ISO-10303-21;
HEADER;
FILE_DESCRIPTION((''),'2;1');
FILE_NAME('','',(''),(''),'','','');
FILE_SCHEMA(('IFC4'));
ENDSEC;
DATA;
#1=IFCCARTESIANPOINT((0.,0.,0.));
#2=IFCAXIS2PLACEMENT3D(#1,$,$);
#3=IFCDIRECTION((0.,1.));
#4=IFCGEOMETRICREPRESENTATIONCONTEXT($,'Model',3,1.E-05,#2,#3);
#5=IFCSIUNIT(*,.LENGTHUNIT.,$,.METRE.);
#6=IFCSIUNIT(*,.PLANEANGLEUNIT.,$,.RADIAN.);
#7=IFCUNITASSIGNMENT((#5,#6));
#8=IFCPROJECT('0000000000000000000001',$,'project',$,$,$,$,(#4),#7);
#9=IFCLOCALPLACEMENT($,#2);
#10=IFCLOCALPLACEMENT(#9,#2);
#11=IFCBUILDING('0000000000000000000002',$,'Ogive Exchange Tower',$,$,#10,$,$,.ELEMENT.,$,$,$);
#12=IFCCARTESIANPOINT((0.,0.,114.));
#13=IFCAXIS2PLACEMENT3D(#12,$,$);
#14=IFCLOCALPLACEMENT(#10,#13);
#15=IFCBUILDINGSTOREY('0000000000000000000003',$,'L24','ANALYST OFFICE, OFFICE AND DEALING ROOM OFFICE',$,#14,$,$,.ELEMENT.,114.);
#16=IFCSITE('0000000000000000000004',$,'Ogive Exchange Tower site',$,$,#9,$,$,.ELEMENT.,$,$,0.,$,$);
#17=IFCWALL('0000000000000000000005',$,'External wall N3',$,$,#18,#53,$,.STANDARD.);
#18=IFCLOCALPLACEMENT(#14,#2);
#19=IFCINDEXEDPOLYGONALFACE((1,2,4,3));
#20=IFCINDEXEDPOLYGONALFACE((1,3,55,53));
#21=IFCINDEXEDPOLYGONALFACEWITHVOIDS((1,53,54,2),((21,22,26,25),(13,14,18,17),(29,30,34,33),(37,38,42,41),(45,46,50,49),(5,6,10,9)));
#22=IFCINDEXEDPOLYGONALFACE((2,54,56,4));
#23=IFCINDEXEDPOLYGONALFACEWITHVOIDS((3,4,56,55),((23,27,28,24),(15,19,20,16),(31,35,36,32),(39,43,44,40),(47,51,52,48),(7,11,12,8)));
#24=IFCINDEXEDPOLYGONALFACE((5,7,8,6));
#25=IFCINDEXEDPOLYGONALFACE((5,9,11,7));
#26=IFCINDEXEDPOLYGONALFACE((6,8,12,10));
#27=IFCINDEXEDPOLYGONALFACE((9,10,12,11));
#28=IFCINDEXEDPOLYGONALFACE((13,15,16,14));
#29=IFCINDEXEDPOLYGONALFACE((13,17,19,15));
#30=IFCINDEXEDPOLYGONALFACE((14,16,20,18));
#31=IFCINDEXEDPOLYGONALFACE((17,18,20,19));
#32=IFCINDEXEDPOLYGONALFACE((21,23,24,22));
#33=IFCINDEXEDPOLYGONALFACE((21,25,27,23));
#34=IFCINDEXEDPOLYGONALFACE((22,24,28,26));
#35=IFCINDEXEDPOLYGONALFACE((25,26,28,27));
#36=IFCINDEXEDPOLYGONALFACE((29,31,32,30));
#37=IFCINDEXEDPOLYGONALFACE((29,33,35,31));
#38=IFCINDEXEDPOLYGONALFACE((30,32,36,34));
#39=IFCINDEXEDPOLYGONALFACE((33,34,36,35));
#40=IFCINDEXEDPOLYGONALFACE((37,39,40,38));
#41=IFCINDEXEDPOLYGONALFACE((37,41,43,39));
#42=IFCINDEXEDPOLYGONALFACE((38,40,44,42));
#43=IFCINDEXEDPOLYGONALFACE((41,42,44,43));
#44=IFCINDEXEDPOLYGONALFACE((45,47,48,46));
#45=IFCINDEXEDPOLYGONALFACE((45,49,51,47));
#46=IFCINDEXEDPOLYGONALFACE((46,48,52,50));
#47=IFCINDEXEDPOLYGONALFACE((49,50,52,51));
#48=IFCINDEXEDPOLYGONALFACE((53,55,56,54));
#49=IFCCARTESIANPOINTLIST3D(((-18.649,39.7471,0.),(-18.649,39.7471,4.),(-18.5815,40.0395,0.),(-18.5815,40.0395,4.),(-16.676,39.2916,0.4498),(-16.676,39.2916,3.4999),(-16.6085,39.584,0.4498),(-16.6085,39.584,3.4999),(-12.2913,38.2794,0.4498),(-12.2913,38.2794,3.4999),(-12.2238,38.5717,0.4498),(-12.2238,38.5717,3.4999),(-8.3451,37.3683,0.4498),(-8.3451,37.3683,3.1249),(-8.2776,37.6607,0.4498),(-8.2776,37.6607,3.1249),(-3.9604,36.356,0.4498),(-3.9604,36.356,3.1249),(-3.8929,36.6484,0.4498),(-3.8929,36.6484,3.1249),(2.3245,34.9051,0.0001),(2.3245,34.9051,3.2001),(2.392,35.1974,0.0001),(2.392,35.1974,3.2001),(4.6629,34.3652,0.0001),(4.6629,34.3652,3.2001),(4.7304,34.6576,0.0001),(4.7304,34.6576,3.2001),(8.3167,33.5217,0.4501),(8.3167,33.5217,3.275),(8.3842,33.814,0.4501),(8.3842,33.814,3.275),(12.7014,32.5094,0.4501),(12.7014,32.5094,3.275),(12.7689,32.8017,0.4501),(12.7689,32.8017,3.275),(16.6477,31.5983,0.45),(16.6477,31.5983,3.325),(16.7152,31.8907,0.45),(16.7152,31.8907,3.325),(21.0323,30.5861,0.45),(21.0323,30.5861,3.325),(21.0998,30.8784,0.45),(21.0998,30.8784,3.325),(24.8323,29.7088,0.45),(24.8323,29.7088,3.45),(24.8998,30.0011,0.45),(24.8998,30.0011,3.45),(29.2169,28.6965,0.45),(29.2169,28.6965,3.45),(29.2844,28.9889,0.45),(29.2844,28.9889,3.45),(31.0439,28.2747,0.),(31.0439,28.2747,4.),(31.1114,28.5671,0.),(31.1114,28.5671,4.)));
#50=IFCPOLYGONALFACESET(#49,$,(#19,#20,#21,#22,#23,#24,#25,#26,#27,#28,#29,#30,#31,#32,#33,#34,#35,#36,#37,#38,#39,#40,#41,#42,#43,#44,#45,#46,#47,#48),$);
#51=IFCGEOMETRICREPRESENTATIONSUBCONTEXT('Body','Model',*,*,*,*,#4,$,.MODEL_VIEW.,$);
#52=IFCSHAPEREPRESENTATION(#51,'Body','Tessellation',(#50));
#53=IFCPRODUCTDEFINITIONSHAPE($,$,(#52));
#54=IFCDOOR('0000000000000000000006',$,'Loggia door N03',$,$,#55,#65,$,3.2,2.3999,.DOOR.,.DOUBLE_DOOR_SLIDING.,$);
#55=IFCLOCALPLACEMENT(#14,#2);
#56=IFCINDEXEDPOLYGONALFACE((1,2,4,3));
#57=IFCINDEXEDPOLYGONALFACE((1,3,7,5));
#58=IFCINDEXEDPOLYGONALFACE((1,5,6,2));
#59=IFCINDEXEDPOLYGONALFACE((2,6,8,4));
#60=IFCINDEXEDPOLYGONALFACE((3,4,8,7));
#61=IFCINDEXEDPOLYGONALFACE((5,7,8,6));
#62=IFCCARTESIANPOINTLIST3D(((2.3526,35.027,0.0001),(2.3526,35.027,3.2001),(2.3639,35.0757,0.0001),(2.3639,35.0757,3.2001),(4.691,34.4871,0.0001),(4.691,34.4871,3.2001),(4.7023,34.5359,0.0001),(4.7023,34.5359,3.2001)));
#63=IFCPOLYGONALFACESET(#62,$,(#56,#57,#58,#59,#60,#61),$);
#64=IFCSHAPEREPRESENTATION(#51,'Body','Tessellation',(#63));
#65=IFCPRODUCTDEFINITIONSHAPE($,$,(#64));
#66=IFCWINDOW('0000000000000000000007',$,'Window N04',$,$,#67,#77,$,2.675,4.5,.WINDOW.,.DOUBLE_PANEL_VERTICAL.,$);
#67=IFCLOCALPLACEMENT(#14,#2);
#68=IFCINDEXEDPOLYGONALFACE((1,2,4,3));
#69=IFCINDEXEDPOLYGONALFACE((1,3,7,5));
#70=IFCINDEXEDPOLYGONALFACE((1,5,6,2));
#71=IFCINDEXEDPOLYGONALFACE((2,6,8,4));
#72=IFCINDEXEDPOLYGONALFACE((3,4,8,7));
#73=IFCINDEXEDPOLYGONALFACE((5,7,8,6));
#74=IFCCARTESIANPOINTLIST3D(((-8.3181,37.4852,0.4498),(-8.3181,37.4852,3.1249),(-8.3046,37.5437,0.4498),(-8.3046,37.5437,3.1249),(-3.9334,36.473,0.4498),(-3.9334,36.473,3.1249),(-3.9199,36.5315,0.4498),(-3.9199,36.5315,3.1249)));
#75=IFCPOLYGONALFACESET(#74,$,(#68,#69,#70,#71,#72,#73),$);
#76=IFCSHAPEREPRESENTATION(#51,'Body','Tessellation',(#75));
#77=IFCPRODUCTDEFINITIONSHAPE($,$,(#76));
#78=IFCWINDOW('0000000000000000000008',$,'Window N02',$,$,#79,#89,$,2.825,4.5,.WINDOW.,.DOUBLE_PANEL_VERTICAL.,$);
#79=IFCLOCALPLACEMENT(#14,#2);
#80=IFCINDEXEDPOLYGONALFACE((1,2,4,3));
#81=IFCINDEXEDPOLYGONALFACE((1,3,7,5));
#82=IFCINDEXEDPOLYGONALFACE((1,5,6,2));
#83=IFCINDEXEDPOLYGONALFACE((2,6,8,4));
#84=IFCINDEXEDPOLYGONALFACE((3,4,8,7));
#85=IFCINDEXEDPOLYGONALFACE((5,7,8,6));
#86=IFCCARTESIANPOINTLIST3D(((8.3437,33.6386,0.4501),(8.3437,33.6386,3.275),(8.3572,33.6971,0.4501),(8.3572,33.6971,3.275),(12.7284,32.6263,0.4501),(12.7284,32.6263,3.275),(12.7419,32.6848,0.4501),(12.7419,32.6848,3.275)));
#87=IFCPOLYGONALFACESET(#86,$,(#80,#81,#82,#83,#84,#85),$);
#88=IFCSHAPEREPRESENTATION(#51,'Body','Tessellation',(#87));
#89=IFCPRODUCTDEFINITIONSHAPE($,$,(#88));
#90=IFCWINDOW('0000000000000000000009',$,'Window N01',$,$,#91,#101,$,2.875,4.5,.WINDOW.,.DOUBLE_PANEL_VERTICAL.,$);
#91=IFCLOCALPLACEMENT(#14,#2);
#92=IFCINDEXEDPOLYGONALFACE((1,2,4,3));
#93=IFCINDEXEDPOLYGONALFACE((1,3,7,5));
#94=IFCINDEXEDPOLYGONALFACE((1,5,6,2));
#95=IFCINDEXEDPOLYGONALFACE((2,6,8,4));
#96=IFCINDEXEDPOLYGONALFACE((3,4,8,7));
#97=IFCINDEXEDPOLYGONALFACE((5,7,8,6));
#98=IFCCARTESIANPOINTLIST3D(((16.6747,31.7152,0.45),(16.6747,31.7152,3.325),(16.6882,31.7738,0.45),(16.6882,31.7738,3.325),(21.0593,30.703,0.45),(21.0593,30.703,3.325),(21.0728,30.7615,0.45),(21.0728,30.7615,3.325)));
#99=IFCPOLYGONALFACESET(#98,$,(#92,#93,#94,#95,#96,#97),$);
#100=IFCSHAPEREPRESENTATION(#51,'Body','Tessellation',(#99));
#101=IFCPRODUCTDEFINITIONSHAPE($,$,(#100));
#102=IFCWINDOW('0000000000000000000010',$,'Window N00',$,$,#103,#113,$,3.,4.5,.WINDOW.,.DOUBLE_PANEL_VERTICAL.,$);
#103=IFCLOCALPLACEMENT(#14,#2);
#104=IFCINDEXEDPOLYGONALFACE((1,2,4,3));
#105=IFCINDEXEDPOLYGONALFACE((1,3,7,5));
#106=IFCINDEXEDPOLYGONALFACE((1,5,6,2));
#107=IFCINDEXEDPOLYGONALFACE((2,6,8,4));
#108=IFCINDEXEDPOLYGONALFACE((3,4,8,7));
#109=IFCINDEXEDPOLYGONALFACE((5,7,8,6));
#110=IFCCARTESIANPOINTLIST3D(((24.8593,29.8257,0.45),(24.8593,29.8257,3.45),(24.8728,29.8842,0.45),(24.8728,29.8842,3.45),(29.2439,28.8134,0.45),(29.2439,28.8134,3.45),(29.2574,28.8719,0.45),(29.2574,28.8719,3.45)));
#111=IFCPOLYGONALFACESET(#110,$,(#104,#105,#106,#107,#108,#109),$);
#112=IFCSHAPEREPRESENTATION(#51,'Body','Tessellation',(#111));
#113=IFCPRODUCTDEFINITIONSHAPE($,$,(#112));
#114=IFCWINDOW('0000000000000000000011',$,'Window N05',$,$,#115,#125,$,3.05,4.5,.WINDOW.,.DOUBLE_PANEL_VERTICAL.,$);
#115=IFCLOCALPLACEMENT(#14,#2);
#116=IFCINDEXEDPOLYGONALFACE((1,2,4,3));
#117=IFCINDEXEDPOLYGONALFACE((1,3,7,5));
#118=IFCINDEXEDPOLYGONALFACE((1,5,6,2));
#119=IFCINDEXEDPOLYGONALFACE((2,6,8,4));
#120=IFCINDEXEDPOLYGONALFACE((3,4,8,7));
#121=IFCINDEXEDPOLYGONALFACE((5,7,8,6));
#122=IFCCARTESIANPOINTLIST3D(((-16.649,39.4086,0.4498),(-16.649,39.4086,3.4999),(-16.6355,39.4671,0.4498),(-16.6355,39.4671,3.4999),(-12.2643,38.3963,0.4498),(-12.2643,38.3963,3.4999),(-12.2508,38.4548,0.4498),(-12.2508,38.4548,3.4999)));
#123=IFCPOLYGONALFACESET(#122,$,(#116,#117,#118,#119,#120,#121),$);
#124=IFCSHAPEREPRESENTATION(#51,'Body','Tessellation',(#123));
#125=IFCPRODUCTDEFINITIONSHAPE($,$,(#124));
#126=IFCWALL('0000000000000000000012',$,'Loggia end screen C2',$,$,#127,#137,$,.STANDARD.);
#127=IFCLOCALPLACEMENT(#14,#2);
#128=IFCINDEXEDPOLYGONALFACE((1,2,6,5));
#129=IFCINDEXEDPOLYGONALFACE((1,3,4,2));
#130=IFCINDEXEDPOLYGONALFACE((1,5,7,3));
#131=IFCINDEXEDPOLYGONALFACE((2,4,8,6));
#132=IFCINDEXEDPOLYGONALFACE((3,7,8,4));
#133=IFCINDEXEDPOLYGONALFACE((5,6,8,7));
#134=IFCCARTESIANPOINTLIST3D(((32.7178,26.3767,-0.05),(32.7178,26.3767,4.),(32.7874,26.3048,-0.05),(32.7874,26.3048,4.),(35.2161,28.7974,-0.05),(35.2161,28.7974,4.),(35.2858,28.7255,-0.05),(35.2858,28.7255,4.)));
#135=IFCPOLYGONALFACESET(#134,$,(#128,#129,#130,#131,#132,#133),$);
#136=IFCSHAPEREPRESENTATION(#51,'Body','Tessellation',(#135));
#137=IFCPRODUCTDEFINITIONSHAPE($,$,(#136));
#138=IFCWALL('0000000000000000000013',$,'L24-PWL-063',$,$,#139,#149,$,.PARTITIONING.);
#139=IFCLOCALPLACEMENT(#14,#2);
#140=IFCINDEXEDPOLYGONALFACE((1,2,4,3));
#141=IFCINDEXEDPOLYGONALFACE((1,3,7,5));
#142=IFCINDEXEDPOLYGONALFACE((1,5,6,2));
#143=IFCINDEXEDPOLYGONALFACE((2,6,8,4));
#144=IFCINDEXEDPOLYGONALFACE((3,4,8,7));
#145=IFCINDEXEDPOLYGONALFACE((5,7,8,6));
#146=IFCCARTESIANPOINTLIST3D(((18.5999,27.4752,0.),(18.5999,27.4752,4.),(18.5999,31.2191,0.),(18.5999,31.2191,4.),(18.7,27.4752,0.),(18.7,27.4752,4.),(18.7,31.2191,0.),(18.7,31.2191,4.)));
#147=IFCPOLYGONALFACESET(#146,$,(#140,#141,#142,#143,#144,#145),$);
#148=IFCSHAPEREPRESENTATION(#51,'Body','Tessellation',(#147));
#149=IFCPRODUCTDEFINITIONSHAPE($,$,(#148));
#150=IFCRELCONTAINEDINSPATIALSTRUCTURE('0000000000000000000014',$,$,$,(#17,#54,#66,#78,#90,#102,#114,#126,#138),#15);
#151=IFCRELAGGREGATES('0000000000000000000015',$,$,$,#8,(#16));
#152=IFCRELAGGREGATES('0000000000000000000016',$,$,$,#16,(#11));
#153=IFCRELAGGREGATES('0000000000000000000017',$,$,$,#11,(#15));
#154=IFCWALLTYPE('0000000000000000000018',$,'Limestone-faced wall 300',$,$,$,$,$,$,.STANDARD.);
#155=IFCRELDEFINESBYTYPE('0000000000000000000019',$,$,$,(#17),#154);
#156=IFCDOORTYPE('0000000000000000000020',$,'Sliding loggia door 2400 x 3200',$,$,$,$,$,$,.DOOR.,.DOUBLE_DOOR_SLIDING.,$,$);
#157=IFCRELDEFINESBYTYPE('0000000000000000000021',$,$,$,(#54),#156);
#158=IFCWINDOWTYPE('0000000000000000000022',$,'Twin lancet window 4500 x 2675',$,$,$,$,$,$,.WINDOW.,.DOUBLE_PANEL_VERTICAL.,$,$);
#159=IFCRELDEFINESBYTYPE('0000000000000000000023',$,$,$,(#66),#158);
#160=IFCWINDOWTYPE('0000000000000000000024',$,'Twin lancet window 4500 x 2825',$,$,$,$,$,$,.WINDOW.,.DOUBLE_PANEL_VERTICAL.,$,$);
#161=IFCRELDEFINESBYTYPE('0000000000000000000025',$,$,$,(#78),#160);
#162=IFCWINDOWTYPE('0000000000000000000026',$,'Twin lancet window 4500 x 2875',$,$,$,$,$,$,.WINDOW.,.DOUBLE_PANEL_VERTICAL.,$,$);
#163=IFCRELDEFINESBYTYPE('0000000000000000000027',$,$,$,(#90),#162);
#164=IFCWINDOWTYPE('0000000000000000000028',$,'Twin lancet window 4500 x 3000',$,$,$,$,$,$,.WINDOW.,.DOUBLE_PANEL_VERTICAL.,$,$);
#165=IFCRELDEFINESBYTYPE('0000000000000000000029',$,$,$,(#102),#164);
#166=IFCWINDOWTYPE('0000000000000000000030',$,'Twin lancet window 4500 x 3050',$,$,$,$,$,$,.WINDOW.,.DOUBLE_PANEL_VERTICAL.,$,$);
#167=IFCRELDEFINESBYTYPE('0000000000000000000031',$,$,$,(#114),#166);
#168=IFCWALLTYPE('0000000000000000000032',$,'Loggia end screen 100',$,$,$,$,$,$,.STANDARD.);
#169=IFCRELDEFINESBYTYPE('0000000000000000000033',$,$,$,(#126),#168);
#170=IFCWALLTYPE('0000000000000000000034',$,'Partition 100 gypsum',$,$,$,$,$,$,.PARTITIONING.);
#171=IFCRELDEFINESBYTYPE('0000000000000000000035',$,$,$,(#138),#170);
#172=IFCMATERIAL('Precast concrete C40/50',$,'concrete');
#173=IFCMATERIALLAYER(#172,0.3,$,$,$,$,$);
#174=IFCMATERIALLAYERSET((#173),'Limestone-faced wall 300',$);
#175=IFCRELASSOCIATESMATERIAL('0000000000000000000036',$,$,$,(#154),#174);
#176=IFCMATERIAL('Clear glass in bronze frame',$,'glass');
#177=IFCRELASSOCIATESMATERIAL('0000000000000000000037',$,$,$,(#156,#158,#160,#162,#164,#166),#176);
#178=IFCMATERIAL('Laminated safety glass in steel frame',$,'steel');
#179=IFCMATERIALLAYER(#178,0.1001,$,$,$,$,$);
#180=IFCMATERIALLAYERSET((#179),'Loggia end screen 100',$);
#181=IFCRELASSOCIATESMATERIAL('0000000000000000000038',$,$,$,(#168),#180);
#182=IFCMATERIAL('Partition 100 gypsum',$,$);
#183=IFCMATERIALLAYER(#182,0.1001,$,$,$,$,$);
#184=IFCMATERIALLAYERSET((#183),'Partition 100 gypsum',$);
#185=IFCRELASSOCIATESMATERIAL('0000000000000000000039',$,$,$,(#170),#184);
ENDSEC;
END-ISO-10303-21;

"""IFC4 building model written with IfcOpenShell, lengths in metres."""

from ifc_helpers import new_model, si_unit, direction, frame, frame_2d, origin, place, context, subcontext, project, spatial, rectangle, extrude, material, layer, layer_set, type_object, element, fill, save


model = new_model("IFC4")

# Units and contexts
model_context = context("Model", 3, precision=1e-05, world=origin(), true_north=direction((0.0, 1.0)))
body_context = subcontext(model_context, "Body", "Model", "MODEL_VIEW")
ifc_project = project(units=[si_unit("LENGTHUNIT", "METRE"), si_unit("PLANEANGLEUNIT", "RADIAN")], contexts=[model_context])

# Site, building, storey
site_placement = place(None, origin())
site = spatial("IfcSite", under=ifc_project, at=site_placement, Name="Ogive Exchange Tower site", CompositionType="ELEMENT", RefElevation=0.0)
building_placement = place(site_placement, origin())
building = spatial("IfcBuilding", under=site, at=building_placement, Name="Ogive Exchange Tower", CompositionType="ELEMENT")
storey_placement = place(building_placement, frame((0.0, 0.0, 114.0)))
storey = spatial("IfcBuildingStorey", under=building, at=storey_placement, Name="L24", Description="ANALYST OFFICE, OFFICE AND DEALING ROOM OFFICE", CompositionType="ELEMENT", Elevation=114.0)

# Wall, openings, door, windows
ifc_material_1 = material(Name="Precast concrete C40/50", Category="concrete")
ifc_layer_1 = layer(ifc_material_1, 0.3)
ifc_layer_set_1 = layer_set([ifc_layer_1], Name="Limestone-faced wall 300")
wall_type_1 = type_object("IfcWallType", Name="Limestone-faced wall 300", PredefinedType="STANDARD", material=ifc_layer_set_1)
wall_1_placement = place(storey_placement, frame((31.0776, 28.4209, 0.0), z_axis=(0.0, 0.0, 1.0), x_axis=(-0.97437, 0.224949, 0.0)))
wall_1 = element("IfcWall", 1, at=wall_1_placement, inside=storey, type_object=wall_type_1, Name="External wall N3", PredefinedType="STANDARD", context=body_context, shape_type="SweptSolid", body=[
    extrude(rectangle(XDim=51.0, YDim=0.3, at=frame_2d((25.5, 0.0))), origin(), (0.0, 0.0, 1.0), 4.0),
])
opening_1_placement = place(wall_1_placement, frame((1.875, 0.0, 0.45)))
opening_1 = element("IfcOpeningElement", 2, at=opening_1_placement, cuts=wall_1, PredefinedType="OPENING", context=body_context, shape_type="SweptSolid", body=[
    extrude(rectangle(XDim=4.5, YDim=3.0, at=frame_2d((2.25, 1.5))), frame((0.0, 0.1599, 0.0), z_axis=(0.0, -1.0, 0.0), x_axis=(1.0, 0.0, 0.0)), (0.0, 0.0, 1.0), 0.3201),
])
opening_2_placement = place(wall_1_placement, frame((10.2749, 0.0, 0.45)))
opening_2 = element("IfcOpeningElement", 3, at=opening_2_placement, cuts=wall_1, PredefinedType="OPENING", context=body_context, shape_type="SweptSolid", body=[
    extrude(rectangle(XDim=4.5, YDim=2.875, at=frame_2d((2.25, 1.4375))), frame((0.0, 0.1599, 0.0), z_axis=(0.0, -1.0, 0.0), x_axis=(1.0, 0.0, 0.0)), (0.0, 0.0, 1.0), 0.3201),
])
opening_3_placement = place(wall_1_placement, frame((18.825, 0.0, 0.45)))
opening_3 = element("IfcOpeningElement", 4, at=opening_3_placement, cuts=wall_1, PredefinedType="OPENING", context=body_context, shape_type="SweptSolid", body=[
    extrude(rectangle(XDim=4.5, YDim=2.825, at=frame_2d((2.25, 1.4126))), frame((0.0, 0.1599, 0.0), z_axis=(0.0, -1.0, 0.0), x_axis=(1.0, 0.0, 0.0)), (0.0, 0.0, 1.0), 0.3201),
])
opening_4_placement = place(wall_1_placement, frame((27.075, 0.0, 0.0)))
opening_4 = element("IfcOpeningElement", 5, at=opening_4_placement, cuts=wall_1, PredefinedType="OPENING", context=body_context, shape_type="SweptSolid", body=[
    extrude(rectangle(XDim=2.3999, YDim=3.2, at=frame_2d((1.2, 1.6001))), frame((0.0, 0.1599, 0.0), z_axis=(0.0, -1.0, 0.0), x_axis=(1.0, 0.0, 0.0)), (0.0, 0.0, 1.0), 0.3201),
])
opening_5_placement = place(wall_1_placement, frame((35.925, 0.0, 0.45)))
opening_5 = element("IfcOpeningElement", 6, at=opening_5_placement, cuts=wall_1, PredefinedType="OPENING", context=body_context, shape_type="SweptSolid", body=[
    extrude(rectangle(XDim=4.5, YDim=2.675, at=frame_2d((2.25, 1.3374))), frame((0.0, 0.1599, 0.0), z_axis=(0.0, -1.0, 0.0), x_axis=(1.0, 0.0, 0.0)), (0.0, 0.0, 1.0), 0.3201),
])
opening_6_placement = place(wall_1_placement, frame((44.4751, 0.0, 0.45)))
opening_6 = element("IfcOpeningElement", 7, at=opening_6_placement, cuts=wall_1, PredefinedType="OPENING", context=body_context, shape_type="SweptSolid", body=[
    extrude(rectangle(XDim=4.5, YDim=3.05, at=frame_2d((2.25, 1.5249))), frame((0.0, 0.1599, 0.0), z_axis=(0.0, -1.0, 0.0), x_axis=(1.0, 0.0, 0.0)), (0.0, 0.0, 1.0), 0.3201),
])
ifc_material_2 = material(Name="Clear glass in bronze frame", Category="glass")
door_type_1 = type_object("IfcDoorType", Name="Sliding loggia door 2400 x 3200", OperationType="DOUBLE_DOOR_SLIDING", PredefinedType="DOOR", material=ifc_material_2)
door_1_placement = place(opening_4_placement, origin())
door_1 = element("IfcDoor", 8, at=door_1_placement, inside=storey, type_object=door_type_1, Name="Loggia door N03", OperationType="DOUBLE_DOOR_SLIDING", OverallHeight=3.2, OverallWidth=2.3999, PredefinedType="DOOR", context=body_context, shape_type="SweptSolid", body=[
    extrude(rectangle(XDim=2.3999, YDim=3.2, at=frame_2d((1.2, 1.6001))), frame((0.0, 0.0249, 0.0), z_axis=(0.0, -1.0, 0.0), x_axis=(1.0, 0.0, 0.0)), (0.0, 0.0, 1.0), 0.05),
])
fill(opening_4, door_1)
window_type_1 = type_object("IfcWindowType", Name="Twin lancet window 4500 x 2675", PartitioningType="DOUBLE_PANEL_VERTICAL", PredefinedType="WINDOW", material=ifc_material_2)
window_1_placement = place(opening_5_placement, origin())
window_1 = element("IfcWindow", 9, at=window_1_placement, inside=storey, type_object=window_type_1, Name="Window N04", OverallHeight=2.675, OverallWidth=4.5, PartitioningType="DOUBLE_PANEL_VERTICAL", PredefinedType="WINDOW", context=body_context, shape_type="SweptSolid", body=[
    extrude(rectangle(XDim=4.5, YDim=2.675, at=frame_2d((2.25, 1.3374))), frame((0.0, 0.03, 0.0), z_axis=(0.0, -1.0, 0.0), x_axis=(1.0, 0.0, 0.0)), (0.0, 0.0, 1.0), 0.0601),
])
fill(opening_5, window_1)
window_type_2 = type_object("IfcWindowType", Name="Twin lancet window 4500 x 2825", PartitioningType="DOUBLE_PANEL_VERTICAL", PredefinedType="WINDOW", material=ifc_material_2)
window_2_placement = place(opening_3_placement, origin())
window_2 = element("IfcWindow", 10, at=window_2_placement, inside=storey, type_object=window_type_2, Name="Window N02", OverallHeight=2.825, OverallWidth=4.5, PartitioningType="DOUBLE_PANEL_VERTICAL", PredefinedType="WINDOW", context=body_context, shape_type="SweptSolid", body=[
    extrude(rectangle(XDim=4.5, YDim=2.825, at=frame_2d((2.25, 1.4126))), frame((0.0, 0.03, 0.0), z_axis=(0.0, -1.0, 0.0), x_axis=(1.0, 0.0, 0.0)), (0.0, 0.0, 1.0), 0.0601),
])
fill(opening_3, window_2)
window_type_3 = type_object("IfcWindowType", Name="Twin lancet window 4500 x 2875", PartitioningType="DOUBLE_PANEL_VERTICAL", PredefinedType="WINDOW", material=ifc_material_2)
window_3_placement = place(opening_2_placement, origin())
window_3 = element("IfcWindow", 11, at=window_3_placement, inside=storey, type_object=window_type_3, Name="Window N01", OverallHeight=2.875, OverallWidth=4.5, PartitioningType="DOUBLE_PANEL_VERTICAL", PredefinedType="WINDOW", context=body_context, shape_type="SweptSolid", body=[
    extrude(rectangle(XDim=4.5, YDim=2.875, at=frame_2d((2.25, 1.4375))), frame((0.0, 0.03, 0.0), z_axis=(0.0, -1.0, 0.0), x_axis=(1.0, 0.0, 0.0)), (0.0, 0.0, 1.0), 0.0601),
])
fill(opening_2, window_3)
window_type_4 = type_object("IfcWindowType", Name="Twin lancet window 4500 x 3000", PartitioningType="DOUBLE_PANEL_VERTICAL", PredefinedType="WINDOW", material=ifc_material_2)
window_4_placement = place(opening_1_placement, origin())
window_4 = element("IfcWindow", 12, at=window_4_placement, inside=storey, type_object=window_type_4, Name="Window N00", OverallHeight=3.0, OverallWidth=4.5, PartitioningType="DOUBLE_PANEL_VERTICAL", PredefinedType="WINDOW", context=body_context, shape_type="SweptSolid", body=[
    extrude(rectangle(XDim=4.5, YDim=3.0, at=frame_2d((2.25, 1.5))), frame((0.0, 0.03, 0.0), z_axis=(0.0, -1.0, 0.0), x_axis=(1.0, 0.0, 0.0)), (0.0, 0.0, 1.0), 0.0601),
])
fill(opening_1, window_4)
window_type_5 = type_object("IfcWindowType", Name="Twin lancet window 4500 x 3050", PartitioningType="DOUBLE_PANEL_VERTICAL", PredefinedType="WINDOW", material=ifc_material_2)
window_5_placement = place(opening_6_placement, origin())
window_5 = element("IfcWindow", 13, at=window_5_placement, inside=storey, type_object=window_type_5, Name="Window N05", OverallHeight=3.05, OverallWidth=4.5, PartitioningType="DOUBLE_PANEL_VERTICAL", PredefinedType="WINDOW", context=body_context, shape_type="SweptSolid", body=[
    extrude(rectangle(XDim=4.5, YDim=3.05, at=frame_2d((2.25, 1.5249))), frame((0.0, 0.03, 0.0), z_axis=(0.0, -1.0, 0.0), x_axis=(1.0, 0.0, 0.0)), (0.0, 0.0, 1.0), 0.0601),
])
fill(opening_6, window_5)

# Walls
ifc_material_3 = material(Name="Laminated safety glass in steel frame", Category="steel")
ifc_layer_2 = layer(ifc_material_3, 0.1001)
ifc_layer_set_2 = layer_set([ifc_layer_2], Name="Loggia end screen 100")
wall_type_2 = type_object("IfcWallType", Name="Loggia end screen 100", PredefinedType="STANDARD", material=ifc_layer_set_2)
wall_2_placement = place(storey_placement, frame((32.7527, 26.3408, -0.05), z_axis=(0.0, 0.0, 1.0), x_axis=(0.718178, 0.69586, 0.0)))
element("IfcWall", 14, at=wall_2_placement, inside=storey, type_object=wall_type_2, Name="Loggia end screen C2", PredefinedType="STANDARD", context=body_context, shape_type="SweptSolid", body=[
    extrude(rectangle(XDim=3.4788, YDim=0.1001, at=frame_2d((1.7393, 0.0))), origin(), (0.0, 0.0, 1.0), 4.05),
])
ifc_material_4 = material(Name="Partition 100 gypsum")
ifc_layer_3 = layer(ifc_material_4, 0.1001)
ifc_layer_set_3 = layer_set([ifc_layer_3], Name="Partition 100 gypsum")
wall_type_3 = type_object("IfcWallType", Name="Partition 100 gypsum", PredefinedType="PARTITIONING", material=ifc_layer_set_3)
wall_3_placement = place(storey_placement, frame((18.6499, 27.4751, 0.0), z_axis=(0.0, 0.0, 1.0), x_axis=(0.0, 1.0, 0.0)))
element("IfcWall", 15, at=wall_3_placement, inside=storey, type_object=wall_type_3, Name="L24-PWL-063", PredefinedType="PARTITIONING", context=body_context, shape_type="SweptSolid", body=[
    extrude(rectangle(XDim=3.7439, YDim=0.1001, at=frame_2d((1.8721, 0.0))), origin(), (0.0, 0.0, 1.0), 4.0),
])

save(model, "model.ifc")
